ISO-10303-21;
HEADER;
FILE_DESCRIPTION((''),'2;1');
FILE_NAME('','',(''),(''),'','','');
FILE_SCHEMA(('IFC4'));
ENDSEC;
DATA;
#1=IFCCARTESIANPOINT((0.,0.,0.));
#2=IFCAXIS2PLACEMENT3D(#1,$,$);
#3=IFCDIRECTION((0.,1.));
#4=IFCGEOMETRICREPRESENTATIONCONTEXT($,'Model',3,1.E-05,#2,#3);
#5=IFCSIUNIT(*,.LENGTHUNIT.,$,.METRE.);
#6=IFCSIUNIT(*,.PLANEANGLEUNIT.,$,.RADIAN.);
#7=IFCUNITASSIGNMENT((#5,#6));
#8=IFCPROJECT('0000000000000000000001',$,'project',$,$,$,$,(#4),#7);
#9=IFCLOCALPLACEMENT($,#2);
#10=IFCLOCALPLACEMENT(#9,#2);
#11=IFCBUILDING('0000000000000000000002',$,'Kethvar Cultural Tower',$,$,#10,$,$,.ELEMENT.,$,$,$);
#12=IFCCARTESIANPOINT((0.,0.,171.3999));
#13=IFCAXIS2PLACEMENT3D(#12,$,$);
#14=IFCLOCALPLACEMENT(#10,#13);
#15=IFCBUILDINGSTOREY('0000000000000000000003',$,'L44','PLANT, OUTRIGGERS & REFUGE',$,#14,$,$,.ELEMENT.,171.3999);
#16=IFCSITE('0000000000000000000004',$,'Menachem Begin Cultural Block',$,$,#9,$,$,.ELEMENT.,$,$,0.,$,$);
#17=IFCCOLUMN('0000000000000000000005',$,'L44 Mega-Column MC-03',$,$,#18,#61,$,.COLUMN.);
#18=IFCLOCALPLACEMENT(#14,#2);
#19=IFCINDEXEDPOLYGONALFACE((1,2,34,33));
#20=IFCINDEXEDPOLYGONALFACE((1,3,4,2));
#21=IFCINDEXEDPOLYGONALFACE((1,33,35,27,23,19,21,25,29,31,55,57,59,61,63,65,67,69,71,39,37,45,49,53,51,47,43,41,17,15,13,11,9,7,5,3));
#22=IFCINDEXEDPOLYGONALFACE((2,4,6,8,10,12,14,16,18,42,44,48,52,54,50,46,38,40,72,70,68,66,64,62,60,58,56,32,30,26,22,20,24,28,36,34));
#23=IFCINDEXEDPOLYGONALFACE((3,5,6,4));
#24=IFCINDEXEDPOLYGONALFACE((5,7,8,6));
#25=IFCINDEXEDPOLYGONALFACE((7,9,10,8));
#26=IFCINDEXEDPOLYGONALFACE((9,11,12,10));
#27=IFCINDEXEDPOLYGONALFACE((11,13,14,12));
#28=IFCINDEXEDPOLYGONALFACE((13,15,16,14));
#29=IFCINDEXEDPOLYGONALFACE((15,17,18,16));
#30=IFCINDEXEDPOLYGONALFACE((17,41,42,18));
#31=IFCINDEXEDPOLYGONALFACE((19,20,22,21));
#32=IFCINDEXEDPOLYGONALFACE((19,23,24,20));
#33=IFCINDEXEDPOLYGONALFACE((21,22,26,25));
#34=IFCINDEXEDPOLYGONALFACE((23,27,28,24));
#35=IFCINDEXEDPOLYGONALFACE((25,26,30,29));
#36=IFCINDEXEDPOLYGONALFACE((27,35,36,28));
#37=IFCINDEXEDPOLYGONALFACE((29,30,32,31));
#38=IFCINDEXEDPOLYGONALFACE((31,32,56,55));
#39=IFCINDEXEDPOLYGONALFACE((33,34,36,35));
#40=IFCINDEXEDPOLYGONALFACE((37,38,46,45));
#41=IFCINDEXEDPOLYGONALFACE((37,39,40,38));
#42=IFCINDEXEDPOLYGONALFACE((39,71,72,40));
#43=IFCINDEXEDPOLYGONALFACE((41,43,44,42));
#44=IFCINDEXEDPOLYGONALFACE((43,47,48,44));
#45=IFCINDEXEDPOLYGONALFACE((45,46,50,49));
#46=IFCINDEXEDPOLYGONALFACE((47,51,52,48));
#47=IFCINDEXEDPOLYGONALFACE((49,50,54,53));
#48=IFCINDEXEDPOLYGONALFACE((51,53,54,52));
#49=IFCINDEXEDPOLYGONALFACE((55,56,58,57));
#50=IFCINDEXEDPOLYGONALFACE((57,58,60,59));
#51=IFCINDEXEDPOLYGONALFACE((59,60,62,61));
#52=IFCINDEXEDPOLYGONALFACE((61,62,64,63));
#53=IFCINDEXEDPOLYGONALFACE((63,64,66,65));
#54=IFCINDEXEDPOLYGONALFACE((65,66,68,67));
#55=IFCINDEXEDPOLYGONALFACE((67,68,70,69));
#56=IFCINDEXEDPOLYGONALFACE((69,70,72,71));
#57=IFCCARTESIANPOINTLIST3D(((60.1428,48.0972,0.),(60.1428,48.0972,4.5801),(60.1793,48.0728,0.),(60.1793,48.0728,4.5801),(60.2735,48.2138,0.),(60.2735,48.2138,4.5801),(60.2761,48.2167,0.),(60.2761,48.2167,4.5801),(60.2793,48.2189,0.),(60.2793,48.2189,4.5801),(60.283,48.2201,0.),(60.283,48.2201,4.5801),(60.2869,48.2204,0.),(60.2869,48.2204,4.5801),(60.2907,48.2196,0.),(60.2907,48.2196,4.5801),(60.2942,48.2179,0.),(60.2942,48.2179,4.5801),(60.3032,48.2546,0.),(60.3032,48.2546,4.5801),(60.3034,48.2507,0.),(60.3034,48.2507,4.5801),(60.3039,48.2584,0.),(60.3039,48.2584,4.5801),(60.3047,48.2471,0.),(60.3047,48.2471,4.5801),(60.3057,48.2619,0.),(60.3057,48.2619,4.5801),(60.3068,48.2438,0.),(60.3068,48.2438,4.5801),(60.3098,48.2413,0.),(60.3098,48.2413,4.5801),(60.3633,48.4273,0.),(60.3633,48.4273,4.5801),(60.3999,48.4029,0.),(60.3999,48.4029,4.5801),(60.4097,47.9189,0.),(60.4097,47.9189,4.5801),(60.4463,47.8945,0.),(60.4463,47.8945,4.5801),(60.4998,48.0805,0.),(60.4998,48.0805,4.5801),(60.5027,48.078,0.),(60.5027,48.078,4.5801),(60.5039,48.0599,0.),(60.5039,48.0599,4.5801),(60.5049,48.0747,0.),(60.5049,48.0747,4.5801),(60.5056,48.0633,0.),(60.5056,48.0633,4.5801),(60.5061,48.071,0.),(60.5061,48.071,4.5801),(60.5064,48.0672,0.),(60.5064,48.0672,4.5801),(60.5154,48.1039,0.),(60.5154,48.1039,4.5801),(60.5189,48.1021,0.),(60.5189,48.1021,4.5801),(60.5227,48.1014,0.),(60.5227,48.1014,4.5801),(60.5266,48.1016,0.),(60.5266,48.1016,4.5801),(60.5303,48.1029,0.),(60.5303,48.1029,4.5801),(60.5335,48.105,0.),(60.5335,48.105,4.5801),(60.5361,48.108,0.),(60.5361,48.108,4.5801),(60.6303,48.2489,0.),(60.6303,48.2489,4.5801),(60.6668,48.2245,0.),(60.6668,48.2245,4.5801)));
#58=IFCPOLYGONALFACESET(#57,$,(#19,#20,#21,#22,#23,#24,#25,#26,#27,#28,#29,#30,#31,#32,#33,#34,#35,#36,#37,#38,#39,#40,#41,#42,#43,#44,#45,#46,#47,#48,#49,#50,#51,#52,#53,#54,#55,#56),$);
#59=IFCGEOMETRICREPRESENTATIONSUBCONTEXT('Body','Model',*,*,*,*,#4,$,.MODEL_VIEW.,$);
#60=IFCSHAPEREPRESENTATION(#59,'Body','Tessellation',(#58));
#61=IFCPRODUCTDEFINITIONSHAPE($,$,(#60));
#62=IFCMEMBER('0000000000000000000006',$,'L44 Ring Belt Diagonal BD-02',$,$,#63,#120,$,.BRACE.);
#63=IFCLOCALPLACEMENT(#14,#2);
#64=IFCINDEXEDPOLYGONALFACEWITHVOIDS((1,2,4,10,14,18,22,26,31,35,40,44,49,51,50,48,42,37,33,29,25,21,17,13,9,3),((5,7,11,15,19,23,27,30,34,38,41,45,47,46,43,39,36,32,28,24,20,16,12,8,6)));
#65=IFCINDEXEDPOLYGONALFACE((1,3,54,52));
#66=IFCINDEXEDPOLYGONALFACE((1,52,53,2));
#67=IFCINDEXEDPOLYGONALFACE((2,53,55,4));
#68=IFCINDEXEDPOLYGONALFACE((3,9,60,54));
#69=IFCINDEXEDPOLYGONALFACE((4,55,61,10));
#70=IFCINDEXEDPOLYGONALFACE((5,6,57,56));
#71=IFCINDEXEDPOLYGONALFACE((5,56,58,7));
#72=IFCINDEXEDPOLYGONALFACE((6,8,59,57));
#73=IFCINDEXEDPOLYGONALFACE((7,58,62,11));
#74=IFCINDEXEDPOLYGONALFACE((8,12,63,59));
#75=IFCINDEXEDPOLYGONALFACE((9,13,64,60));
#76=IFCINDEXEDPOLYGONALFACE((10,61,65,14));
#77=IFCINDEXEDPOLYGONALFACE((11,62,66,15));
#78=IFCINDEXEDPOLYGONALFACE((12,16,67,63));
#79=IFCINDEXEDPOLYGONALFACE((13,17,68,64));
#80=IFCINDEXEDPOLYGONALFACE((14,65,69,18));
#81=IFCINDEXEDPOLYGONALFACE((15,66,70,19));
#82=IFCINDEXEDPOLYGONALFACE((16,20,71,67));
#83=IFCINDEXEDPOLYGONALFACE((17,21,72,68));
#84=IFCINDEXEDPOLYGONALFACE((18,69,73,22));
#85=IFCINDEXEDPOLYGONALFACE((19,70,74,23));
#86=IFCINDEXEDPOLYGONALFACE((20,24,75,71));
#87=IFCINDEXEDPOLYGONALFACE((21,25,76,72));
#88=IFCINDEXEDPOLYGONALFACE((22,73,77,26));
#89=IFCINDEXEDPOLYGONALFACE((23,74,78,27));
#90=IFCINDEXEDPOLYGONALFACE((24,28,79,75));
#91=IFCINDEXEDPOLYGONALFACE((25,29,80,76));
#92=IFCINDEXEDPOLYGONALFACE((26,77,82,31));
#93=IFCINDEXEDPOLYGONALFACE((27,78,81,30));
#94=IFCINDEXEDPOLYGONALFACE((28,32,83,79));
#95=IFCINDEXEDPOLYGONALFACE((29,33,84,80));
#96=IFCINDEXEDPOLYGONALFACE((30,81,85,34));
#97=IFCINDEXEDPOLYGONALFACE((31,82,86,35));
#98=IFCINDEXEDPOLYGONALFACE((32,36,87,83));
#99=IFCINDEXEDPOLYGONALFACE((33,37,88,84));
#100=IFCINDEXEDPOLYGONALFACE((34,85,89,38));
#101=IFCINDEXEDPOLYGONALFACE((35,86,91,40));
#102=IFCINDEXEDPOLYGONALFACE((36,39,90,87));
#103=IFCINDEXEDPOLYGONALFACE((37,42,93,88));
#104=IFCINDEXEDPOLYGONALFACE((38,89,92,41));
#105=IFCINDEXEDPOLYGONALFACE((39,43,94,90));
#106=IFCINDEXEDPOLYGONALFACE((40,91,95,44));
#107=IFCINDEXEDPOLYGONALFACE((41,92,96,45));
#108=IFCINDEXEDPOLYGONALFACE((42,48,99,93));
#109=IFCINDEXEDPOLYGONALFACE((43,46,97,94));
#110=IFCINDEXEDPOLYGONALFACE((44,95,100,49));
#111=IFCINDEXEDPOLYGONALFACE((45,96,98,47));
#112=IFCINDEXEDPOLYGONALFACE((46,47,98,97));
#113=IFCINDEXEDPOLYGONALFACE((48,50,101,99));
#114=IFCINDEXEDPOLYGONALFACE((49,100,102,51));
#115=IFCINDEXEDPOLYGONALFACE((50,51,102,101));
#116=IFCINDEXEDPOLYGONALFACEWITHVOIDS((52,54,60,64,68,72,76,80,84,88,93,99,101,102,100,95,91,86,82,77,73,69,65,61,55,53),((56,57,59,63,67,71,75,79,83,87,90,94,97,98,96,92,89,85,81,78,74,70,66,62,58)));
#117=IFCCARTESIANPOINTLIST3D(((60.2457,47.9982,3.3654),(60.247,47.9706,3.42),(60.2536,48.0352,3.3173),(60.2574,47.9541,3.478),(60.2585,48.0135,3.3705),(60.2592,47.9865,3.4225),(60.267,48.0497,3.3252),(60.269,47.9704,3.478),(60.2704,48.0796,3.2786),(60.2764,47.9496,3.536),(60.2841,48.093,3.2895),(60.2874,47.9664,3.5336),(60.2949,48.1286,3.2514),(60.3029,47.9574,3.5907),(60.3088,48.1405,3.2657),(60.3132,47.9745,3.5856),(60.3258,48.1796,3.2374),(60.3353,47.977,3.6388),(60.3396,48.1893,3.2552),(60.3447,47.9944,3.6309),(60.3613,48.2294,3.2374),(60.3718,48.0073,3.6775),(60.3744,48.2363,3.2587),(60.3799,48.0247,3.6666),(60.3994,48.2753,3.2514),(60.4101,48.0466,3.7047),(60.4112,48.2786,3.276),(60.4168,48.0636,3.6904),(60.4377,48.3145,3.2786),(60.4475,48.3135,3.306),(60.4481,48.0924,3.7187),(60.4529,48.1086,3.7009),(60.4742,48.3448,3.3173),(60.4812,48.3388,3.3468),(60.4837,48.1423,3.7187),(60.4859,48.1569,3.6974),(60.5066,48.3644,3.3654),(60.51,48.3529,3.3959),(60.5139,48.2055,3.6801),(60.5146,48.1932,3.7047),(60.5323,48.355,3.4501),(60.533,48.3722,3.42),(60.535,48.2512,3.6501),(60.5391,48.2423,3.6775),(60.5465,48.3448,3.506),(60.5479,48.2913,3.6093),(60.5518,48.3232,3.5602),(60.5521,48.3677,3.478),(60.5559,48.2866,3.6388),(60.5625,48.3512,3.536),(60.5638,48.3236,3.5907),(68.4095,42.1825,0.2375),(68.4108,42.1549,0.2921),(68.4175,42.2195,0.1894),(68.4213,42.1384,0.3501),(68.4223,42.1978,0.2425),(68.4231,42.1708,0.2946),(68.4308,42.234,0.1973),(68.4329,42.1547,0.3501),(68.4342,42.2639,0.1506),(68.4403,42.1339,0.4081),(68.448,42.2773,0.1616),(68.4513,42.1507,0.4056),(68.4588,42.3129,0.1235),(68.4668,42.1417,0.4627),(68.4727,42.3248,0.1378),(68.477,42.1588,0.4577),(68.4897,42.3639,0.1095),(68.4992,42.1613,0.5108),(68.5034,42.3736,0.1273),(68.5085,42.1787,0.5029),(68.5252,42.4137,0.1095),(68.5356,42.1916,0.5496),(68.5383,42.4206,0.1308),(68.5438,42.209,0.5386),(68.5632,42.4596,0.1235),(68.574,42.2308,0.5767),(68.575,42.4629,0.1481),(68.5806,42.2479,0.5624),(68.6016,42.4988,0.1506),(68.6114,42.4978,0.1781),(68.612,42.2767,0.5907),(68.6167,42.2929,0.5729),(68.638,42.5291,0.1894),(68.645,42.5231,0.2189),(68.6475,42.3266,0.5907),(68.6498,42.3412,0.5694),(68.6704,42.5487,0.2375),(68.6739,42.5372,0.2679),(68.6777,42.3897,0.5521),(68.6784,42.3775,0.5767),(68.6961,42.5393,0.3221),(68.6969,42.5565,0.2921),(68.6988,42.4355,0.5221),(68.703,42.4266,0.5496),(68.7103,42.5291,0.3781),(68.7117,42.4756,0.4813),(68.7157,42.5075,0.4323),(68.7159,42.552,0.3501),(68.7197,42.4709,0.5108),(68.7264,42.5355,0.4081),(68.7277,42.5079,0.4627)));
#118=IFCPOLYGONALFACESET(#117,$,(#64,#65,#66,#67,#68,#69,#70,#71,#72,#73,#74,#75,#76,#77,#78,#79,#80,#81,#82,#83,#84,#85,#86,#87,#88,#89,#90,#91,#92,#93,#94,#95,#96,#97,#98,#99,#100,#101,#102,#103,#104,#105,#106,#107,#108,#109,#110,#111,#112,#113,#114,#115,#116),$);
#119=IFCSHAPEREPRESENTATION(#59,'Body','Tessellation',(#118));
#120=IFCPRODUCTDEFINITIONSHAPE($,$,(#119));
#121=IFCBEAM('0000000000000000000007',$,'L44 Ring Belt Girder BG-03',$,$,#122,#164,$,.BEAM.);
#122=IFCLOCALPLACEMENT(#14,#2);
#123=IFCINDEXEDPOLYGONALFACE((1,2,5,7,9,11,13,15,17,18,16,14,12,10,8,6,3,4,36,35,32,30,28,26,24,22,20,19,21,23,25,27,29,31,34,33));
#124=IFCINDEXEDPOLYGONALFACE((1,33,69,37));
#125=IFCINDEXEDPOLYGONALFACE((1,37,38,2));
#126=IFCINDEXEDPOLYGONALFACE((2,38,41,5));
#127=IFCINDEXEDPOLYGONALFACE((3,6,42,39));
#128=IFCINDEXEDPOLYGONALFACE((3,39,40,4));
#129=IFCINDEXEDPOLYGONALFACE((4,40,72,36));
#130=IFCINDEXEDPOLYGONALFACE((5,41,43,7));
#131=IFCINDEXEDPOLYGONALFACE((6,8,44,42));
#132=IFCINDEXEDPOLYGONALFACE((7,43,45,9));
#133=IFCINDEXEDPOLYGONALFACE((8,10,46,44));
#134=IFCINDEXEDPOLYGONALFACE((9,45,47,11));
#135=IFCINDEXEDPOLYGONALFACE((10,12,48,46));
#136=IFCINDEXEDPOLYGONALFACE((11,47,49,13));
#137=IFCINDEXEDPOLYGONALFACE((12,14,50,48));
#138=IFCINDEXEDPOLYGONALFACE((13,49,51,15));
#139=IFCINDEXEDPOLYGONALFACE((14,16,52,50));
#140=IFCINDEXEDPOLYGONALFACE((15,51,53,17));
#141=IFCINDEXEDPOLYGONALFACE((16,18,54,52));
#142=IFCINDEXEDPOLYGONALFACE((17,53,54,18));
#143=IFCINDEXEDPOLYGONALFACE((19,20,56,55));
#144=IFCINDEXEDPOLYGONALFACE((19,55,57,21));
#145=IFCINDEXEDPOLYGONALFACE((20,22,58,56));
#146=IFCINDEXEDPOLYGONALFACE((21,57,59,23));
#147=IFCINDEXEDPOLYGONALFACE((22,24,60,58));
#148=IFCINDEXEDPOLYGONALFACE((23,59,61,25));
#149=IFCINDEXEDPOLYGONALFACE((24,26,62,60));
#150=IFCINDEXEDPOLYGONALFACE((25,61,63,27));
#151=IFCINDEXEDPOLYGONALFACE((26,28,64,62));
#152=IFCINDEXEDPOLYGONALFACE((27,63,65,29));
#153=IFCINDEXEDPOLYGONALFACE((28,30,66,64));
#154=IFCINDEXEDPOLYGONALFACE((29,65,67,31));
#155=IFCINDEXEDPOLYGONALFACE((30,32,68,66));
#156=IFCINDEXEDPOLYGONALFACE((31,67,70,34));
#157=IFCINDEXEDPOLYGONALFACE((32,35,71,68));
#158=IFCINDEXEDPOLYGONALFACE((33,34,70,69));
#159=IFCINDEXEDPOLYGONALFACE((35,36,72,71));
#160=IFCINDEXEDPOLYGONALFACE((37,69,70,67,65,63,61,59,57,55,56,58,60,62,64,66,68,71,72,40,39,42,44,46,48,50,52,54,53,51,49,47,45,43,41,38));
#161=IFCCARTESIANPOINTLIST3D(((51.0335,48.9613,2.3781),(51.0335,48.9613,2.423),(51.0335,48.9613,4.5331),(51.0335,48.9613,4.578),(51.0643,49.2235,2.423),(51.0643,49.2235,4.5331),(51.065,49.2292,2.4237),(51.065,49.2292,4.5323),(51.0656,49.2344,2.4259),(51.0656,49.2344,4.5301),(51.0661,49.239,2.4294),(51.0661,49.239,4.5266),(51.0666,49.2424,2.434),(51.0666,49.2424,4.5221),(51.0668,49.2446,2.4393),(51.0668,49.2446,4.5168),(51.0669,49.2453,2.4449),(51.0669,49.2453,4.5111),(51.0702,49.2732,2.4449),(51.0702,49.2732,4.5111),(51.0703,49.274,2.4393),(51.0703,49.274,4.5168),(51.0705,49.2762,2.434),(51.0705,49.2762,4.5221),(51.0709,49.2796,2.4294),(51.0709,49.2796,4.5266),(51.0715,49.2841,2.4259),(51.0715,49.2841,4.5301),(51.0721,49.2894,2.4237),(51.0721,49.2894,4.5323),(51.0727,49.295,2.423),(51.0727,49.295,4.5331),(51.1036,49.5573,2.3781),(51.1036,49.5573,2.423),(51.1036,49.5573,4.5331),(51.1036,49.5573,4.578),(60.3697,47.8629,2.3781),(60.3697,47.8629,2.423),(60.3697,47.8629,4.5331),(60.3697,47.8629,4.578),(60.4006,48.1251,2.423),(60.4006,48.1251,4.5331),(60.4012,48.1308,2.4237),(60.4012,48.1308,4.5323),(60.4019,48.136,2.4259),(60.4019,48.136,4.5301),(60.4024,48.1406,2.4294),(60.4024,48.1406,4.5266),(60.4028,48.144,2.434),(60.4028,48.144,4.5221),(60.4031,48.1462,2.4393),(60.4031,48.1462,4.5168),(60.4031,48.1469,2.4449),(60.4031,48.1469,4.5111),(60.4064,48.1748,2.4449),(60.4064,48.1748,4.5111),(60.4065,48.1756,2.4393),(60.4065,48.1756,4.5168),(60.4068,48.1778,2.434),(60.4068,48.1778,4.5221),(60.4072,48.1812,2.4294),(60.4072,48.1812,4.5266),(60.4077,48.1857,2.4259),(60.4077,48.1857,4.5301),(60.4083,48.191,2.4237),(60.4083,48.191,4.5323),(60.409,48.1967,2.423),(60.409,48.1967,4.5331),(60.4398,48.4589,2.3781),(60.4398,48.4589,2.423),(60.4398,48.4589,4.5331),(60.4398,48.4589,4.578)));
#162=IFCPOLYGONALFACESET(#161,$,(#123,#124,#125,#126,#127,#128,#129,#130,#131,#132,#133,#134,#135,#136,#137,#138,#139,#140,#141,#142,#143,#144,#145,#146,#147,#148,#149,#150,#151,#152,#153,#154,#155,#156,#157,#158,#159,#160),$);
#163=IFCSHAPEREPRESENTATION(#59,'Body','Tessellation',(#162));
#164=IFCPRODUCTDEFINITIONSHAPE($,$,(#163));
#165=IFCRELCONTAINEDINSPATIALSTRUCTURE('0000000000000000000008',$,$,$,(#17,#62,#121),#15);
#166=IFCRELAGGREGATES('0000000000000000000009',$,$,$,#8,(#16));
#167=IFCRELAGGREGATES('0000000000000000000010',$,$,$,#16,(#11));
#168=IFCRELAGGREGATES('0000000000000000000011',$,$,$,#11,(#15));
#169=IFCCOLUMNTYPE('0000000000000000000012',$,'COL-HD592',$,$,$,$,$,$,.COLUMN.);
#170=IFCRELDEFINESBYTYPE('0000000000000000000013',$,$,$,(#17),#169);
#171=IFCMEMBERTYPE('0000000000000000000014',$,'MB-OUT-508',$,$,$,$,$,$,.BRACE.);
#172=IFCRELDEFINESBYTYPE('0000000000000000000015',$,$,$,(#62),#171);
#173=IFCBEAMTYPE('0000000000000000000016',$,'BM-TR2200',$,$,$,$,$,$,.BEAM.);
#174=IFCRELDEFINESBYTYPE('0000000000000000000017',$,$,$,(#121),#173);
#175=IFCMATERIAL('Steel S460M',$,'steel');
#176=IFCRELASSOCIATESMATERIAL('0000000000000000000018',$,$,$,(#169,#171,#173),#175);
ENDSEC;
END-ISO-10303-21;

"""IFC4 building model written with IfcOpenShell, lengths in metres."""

from ifc_helpers import new_model, si_unit, direction, frame, origin, origin_2d, place, context, subcontext, project, spatial, hollow_circle, i_section, extrude, source, transform, mapped, material, material_profile, profile_set, type_object, element, save


model = new_model("IFC4")

# Units and contexts
model_context = context("Model", 3, precision=1e-05, world=origin(), true_north=direction((0.0, 1.0)))
body_context = subcontext(model_context, "Body", "Model", "MODEL_VIEW")
ifc_project = project(units=[si_unit("LENGTHUNIT", "METRE"), si_unit("PLANEANGLEUNIT", "RADIAN")], contexts=[model_context])

# Site, building, storey
site_placement = place(None, origin())
site = spatial("IfcSite", under=ifc_project, at=site_placement, Name="Menachem Begin Cultural Block", CompositionType="ELEMENT", RefElevation=0.0)
building_placement = place(site_placement, origin())
building = spatial("IfcBuilding", under=site, at=building_placement, Name="Kethvar Cultural Tower", CompositionType="ELEMENT")
storey_placement = place(building_placement, frame((0.0, 0.0, 171.3999)))
storey = spatial("IfcBuildingStorey", under=building, at=storey_placement, Name="L44", Description="PLANT, OUTRIGGERS & REFUGE", CompositionType="ELEMENT", Elevation=171.3999)

# Column
ifc_material_1 = material(Name="Steel S460M", Category="steel")
ifc_material_profile_1 = material_profile(ifc_material_1, i_section(OverallWidth=0.397, OverallDepth=0.365, WebThickness=0.0281, FlangeThickness=0.0439, FilletRadius=0.0149, at=origin_2d()), Name="Steel S460M — HD400x592")
ifc_profile_set_1 = profile_set([ifc_material_profile_1], Name="Steel S460M — HD400x592")
column_type = type_object("IfcColumnType", Name="COL-HD592", PredefinedType="COLUMN", material=ifc_profile_set_1)
shared_shape_1 = source(origin(), body_context, "Body", "SweptSolid", [
    extrude(i_section(OverallWidth=0.397, OverallDepth=0.365, WebThickness=0.0281, FlangeThickness=0.0439, FilletRadius=0.0149, at=origin_2d()), origin(), (0.0, 0.0, 1.0), 4.5801),
])
column_placement = place(storey_placement, frame((60.4048, 48.1609, 0.0), z_axis=(0.0, 0.0, 1.0), x_axis=(0.55557, 0.83147, 0.0)))
element("IfcColumn", 1, at=column_placement, inside=storey, type_object=column_type, Name="L44 Mega-Column MC-03", PredefinedType="COLUMN", context=body_context, shape_type="MappedRepresentation", body=[
    mapped(shared_shape_1, transform((0.0, 0.0, 0.0), scale=1.0)),
])

# Member
ifc_material_profile_2 = material_profile(ifc_material_1, hollow_circle(Radius=0.2539, WallThickness=0.02, at=origin_2d()), Name="Steel S460M — CHS508x20")
ifc_profile_set_2 = profile_set([ifc_material_profile_2], Name="Steel S460M — CHS508x20")
member_type_1 = type_object("IfcMemberType", Name="MB-OUT-508", PredefinedType="BRACE", material=ifc_profile_set_2)
shared_shape_2 = source(origin(), body_context, "Body", "SweptSolid", [
    extrude(hollow_circle(Radius=0.2539, WallThickness=0.02, at=origin_2d()), origin(), (0.0, 0.0, 1.0), 10.5002),
])
member_1_placement = place(storey_placement, frame((68.5686, 42.3452, 0.3501), z_axis=(-0.777493, 0.553864, 0.297893), x_axis=(-0.580206, -0.81447, 0.0)))
element("IfcMember", 2, at=member_1_placement, inside=storey, type_object=member_type_1, Name="L44 Ring Belt Diagonal BD-02", PredefinedType="BRACE", context=body_context, shape_type="MappedRepresentation", body=[
    mapped(shared_shape_2, transform((0.0, 0.0, 0.0), scale=1.0)),
])

# Beam
ifc_material_profile_3 = material_profile(ifc_material_1, i_section(OverallWidth=0.6001, OverallDepth=2.2, WebThickness=0.0281, FlangeThickness=0.0449, FilletRadius=0.022, at=origin_2d()), Name="Steel S460M — PG2200x600x45x28")
ifc_profile_set_3 = profile_set([ifc_material_profile_3], Name="Steel S460M — PG2200x600x45x28")
beam_type = type_object("IfcBeamType", Name="BM-TR2200", PredefinedType="BEAM", material=ifc_profile_set_3)
shared_shape_3 = source(origin(), body_context, "Body", "SweptSolid", [
    extrude(i_section(OverallWidth=0.6001, OverallDepth=2.2, WebThickness=0.0281, FlangeThickness=0.0449, FilletRadius=0.022, at=origin_2d()), origin(), (0.0, 0.0, 1.0), 9.4006),
])
beam_placement = place(storey_placement, frame((60.4048, 48.1609, 3.478), z_axis=(-0.99315, 0.116843, 0.0), x_axis=(-0.116843, -0.99315, 0.0)))
element("IfcBeam", 3, at=beam_placement, inside=storey, type_object=beam_type, Name="L44 Ring Belt Girder BG-03", PredefinedType="BEAM", context=body_context, shape_type="MappedRepresentation", body=[
    mapped(shared_shape_3, transform((0.0, 0.0, 0.0), scale=1.0)),
])

save(model, "model.ifc")
